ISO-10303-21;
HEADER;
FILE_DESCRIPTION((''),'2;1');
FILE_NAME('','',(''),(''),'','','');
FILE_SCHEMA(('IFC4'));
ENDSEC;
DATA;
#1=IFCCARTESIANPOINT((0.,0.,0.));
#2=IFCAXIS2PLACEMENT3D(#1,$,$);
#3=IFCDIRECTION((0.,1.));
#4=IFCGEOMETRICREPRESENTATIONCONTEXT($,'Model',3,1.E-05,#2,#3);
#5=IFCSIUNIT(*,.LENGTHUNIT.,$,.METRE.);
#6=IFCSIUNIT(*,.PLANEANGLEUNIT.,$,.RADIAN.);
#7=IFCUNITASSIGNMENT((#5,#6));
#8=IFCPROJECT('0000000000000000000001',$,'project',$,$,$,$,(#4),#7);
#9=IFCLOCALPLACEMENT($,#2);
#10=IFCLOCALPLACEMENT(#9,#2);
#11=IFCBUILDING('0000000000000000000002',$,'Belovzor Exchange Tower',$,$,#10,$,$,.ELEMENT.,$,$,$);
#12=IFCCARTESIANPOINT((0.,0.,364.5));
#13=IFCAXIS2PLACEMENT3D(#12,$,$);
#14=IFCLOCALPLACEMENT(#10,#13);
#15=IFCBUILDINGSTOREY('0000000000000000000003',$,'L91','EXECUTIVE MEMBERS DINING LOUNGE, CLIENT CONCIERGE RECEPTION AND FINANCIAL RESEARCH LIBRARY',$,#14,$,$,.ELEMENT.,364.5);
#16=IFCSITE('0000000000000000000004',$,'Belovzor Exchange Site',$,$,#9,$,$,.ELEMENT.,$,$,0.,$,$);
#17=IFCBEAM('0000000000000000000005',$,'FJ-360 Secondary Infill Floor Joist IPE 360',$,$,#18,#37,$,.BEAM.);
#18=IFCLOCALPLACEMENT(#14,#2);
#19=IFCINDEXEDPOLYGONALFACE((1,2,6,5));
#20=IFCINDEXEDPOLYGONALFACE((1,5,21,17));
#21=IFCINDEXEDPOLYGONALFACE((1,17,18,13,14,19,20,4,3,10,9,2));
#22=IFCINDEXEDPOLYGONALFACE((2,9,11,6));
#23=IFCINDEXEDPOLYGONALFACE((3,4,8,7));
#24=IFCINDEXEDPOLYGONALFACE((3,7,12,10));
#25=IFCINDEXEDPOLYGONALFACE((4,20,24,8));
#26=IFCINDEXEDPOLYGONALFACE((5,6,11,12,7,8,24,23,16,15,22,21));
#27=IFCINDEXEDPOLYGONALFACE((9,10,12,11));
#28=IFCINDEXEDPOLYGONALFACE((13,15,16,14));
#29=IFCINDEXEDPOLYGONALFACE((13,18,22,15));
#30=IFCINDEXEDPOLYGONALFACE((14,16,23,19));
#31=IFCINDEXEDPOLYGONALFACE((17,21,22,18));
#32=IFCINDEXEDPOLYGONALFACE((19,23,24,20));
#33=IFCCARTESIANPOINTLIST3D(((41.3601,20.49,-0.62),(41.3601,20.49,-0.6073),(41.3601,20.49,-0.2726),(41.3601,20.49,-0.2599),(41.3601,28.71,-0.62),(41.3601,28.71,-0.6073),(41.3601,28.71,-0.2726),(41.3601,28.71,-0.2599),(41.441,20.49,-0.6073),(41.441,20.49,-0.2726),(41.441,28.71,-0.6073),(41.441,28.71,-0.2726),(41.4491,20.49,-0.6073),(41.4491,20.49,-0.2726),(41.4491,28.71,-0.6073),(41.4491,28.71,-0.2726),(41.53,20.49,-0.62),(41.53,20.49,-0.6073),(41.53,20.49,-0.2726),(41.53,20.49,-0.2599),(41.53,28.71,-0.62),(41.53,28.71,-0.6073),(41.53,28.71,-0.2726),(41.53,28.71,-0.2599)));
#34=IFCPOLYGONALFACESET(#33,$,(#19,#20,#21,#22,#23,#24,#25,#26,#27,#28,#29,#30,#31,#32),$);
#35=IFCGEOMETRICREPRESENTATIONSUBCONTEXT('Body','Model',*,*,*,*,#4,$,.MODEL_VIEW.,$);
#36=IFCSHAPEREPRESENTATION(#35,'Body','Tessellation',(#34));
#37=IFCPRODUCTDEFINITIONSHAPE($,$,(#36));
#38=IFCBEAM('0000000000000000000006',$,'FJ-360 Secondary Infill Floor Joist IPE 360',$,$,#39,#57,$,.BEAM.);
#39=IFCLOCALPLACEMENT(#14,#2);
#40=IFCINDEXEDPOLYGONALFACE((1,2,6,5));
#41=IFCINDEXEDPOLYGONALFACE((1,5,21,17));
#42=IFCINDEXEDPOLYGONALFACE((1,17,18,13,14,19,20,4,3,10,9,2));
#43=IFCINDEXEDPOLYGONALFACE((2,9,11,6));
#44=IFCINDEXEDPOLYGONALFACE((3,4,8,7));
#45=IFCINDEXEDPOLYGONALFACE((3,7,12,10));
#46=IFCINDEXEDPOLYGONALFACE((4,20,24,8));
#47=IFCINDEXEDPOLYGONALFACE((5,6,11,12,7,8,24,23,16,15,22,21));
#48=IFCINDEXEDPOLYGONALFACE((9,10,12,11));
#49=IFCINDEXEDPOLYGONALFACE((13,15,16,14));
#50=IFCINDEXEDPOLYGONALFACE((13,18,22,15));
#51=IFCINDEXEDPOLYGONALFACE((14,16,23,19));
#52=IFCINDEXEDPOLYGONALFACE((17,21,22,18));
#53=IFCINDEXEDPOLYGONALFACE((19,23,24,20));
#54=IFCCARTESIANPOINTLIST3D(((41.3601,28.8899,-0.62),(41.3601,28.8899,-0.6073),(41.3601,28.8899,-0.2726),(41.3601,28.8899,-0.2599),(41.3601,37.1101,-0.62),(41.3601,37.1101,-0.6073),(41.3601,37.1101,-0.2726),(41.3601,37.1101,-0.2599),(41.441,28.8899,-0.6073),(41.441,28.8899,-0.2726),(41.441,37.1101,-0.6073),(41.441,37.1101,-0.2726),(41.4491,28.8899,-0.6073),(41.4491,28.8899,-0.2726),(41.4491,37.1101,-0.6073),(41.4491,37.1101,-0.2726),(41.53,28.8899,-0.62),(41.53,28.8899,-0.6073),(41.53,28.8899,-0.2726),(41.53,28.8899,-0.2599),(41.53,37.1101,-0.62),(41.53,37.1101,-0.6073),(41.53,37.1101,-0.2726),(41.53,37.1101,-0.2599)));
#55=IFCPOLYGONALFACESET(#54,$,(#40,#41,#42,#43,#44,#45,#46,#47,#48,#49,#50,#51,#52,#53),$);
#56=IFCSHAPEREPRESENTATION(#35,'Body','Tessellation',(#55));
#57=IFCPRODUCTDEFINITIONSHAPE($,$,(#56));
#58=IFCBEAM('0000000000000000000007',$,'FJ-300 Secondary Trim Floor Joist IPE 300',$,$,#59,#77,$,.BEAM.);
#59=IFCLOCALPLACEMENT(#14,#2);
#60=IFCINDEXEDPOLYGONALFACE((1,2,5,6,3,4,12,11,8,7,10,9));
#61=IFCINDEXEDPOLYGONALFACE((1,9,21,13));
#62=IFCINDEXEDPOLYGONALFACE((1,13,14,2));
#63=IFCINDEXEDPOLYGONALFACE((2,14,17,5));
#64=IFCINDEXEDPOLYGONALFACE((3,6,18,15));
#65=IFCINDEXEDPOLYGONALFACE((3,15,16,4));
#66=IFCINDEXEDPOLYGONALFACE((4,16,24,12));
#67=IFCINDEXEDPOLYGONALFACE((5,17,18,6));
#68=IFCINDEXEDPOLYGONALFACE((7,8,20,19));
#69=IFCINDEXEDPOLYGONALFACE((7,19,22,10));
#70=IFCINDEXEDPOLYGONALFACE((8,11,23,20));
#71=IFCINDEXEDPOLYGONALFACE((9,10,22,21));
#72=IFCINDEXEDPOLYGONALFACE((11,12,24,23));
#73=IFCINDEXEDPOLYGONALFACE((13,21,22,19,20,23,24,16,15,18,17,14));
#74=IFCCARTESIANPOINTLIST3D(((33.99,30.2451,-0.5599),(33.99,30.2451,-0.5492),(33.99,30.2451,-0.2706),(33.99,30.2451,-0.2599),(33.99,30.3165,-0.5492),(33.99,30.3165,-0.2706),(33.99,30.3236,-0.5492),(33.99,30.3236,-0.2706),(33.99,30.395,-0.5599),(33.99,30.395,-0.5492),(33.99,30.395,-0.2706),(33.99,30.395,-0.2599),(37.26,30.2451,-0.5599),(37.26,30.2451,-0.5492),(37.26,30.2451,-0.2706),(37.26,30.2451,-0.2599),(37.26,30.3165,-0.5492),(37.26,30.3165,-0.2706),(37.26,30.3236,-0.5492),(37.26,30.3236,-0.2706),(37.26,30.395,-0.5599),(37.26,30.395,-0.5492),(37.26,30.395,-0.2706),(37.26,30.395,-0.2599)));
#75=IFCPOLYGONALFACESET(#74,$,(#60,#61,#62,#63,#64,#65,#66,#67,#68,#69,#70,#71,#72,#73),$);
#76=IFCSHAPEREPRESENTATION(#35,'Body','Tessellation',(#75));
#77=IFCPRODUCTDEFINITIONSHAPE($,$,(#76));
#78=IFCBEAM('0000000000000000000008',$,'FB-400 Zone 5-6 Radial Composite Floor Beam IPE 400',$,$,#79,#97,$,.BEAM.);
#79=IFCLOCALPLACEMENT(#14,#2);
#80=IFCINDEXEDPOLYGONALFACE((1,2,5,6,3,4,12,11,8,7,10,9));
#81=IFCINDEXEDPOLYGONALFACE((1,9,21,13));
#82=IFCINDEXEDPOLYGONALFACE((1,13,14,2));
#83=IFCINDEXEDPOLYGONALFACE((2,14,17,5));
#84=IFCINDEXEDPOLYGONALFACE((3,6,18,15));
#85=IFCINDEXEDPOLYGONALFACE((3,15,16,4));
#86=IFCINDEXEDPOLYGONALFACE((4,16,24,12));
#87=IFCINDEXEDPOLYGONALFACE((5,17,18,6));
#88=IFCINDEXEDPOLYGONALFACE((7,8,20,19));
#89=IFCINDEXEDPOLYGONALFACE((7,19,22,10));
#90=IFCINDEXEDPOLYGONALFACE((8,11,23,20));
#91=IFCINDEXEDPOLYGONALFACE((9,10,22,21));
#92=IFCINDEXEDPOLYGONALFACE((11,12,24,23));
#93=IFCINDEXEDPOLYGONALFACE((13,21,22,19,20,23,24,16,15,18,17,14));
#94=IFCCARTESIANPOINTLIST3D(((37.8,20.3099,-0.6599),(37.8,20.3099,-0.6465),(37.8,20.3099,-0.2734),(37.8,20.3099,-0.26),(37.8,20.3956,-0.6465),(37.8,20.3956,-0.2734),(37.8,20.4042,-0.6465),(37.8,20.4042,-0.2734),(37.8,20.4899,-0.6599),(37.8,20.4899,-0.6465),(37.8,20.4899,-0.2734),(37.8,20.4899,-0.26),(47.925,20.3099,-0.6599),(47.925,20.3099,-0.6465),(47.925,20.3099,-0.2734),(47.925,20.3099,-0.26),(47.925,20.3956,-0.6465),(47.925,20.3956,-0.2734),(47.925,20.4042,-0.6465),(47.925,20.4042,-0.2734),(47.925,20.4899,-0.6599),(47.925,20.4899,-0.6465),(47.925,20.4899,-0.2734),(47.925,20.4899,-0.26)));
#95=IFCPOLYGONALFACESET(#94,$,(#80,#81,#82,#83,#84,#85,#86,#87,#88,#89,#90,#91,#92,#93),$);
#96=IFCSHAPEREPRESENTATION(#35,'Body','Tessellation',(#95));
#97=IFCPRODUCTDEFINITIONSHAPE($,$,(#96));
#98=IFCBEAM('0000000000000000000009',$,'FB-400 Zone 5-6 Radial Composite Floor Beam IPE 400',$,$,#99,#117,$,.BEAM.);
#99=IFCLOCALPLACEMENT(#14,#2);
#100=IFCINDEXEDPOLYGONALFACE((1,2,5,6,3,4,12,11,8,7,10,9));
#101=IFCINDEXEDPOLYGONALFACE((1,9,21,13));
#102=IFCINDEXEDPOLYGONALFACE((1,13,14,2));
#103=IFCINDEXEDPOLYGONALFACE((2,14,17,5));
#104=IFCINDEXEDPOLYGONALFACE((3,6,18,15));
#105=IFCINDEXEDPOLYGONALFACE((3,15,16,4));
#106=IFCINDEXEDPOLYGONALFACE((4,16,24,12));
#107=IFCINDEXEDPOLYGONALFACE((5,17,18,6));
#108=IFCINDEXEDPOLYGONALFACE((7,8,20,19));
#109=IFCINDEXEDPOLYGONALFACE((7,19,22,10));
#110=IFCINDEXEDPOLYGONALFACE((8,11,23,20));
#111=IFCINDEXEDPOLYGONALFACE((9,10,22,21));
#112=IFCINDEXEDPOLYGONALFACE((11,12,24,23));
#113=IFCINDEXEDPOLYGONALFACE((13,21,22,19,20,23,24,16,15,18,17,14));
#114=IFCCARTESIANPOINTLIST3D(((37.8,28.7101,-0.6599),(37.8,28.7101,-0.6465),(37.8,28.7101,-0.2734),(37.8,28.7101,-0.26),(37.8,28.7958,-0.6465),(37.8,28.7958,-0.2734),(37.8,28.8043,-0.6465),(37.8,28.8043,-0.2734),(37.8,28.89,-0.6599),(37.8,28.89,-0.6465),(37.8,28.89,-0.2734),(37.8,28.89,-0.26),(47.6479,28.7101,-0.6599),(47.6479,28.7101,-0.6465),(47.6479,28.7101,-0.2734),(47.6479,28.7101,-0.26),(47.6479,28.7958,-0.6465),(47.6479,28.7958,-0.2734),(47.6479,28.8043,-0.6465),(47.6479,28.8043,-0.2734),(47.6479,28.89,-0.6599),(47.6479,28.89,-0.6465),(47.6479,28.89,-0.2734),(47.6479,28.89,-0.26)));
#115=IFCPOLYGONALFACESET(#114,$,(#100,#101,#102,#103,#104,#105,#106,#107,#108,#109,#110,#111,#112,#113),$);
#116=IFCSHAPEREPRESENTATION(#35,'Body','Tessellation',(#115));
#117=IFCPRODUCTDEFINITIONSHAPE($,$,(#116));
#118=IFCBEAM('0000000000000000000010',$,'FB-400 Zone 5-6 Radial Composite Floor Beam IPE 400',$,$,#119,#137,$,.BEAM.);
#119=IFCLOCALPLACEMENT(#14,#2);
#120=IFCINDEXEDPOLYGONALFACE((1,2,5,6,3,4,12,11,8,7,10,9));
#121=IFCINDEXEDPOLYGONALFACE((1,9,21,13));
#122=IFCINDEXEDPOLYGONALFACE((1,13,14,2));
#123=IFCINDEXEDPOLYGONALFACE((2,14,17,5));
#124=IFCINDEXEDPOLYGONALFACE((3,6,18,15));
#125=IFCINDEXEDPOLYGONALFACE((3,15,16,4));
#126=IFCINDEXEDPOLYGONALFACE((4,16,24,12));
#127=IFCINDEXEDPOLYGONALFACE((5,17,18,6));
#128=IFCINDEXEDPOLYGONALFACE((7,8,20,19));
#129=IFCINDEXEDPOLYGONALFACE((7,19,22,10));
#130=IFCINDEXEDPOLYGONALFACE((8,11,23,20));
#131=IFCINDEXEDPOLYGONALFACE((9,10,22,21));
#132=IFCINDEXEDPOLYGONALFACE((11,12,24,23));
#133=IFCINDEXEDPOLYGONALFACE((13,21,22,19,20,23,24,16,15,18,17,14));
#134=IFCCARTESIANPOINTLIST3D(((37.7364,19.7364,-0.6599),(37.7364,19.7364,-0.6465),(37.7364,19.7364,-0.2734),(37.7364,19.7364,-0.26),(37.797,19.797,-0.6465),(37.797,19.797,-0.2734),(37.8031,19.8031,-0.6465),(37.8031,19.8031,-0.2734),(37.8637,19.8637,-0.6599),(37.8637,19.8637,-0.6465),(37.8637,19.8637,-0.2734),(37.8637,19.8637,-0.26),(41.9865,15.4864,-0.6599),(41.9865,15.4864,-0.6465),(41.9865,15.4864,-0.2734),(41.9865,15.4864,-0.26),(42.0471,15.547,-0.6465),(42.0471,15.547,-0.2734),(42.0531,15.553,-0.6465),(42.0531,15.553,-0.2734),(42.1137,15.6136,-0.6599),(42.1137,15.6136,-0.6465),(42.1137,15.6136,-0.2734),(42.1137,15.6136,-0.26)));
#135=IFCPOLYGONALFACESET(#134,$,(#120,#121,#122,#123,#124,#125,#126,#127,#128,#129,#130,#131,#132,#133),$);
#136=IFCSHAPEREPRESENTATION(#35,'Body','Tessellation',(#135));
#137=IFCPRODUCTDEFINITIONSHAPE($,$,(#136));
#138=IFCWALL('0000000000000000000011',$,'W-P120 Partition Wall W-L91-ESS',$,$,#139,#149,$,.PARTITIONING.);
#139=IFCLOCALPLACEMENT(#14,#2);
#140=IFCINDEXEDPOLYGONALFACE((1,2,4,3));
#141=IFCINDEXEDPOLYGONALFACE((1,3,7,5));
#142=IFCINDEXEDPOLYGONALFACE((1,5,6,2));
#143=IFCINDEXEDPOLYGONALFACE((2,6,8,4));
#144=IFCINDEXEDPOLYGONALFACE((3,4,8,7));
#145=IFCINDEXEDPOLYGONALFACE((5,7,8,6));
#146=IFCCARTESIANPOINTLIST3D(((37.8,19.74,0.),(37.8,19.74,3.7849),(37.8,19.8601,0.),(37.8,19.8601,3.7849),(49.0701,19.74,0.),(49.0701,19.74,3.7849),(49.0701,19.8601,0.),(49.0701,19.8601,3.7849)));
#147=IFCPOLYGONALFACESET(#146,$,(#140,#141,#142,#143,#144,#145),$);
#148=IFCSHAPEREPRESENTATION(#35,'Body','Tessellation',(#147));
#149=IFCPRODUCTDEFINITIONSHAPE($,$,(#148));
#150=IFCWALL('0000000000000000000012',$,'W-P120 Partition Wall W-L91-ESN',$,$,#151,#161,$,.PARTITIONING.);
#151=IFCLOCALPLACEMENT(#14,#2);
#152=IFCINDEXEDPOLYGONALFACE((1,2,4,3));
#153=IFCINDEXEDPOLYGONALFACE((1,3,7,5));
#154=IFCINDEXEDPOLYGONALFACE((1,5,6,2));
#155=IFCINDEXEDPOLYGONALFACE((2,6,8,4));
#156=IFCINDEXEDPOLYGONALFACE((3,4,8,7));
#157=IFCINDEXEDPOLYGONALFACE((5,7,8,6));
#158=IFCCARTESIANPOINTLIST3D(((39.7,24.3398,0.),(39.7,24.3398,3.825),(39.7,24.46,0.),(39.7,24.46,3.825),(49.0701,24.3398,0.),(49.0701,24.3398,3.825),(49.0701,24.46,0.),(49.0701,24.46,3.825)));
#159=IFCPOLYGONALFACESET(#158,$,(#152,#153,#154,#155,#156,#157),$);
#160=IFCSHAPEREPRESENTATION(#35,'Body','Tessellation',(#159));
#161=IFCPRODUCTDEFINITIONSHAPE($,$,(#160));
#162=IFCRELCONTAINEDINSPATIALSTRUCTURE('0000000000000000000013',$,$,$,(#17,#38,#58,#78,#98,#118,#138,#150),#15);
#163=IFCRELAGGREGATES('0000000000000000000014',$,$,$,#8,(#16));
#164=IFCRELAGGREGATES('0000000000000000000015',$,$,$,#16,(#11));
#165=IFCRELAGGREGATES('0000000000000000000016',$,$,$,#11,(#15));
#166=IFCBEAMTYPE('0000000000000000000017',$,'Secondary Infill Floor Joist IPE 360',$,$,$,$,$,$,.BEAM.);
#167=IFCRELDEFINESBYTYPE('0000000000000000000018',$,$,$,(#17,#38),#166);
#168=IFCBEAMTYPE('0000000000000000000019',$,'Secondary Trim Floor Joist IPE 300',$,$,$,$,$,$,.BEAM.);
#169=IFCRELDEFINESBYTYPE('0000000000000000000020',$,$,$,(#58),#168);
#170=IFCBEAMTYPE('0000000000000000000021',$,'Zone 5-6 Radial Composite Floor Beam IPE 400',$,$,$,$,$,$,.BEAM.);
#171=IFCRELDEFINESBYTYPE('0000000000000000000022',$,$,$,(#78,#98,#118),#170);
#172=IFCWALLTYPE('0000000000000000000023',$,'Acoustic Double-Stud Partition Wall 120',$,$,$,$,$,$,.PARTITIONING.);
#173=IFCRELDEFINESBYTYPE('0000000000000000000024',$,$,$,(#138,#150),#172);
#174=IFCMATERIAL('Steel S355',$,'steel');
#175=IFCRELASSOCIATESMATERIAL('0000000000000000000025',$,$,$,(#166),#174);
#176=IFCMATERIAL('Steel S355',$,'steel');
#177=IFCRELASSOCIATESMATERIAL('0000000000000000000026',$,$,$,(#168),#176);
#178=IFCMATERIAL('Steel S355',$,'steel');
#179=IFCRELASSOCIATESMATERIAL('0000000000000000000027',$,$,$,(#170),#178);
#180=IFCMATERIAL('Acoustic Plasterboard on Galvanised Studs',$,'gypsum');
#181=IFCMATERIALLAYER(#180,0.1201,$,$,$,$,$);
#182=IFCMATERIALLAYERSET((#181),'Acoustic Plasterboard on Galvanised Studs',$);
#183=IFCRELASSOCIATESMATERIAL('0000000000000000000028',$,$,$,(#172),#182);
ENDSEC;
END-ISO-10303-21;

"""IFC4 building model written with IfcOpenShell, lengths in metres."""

from ifc_helpers import new_model, si_unit, direction, frame, frame_2d, origin, origin_2d, place, context, subcontext, project, spatial, rectangle, i_section, extrude, material, layer, layer_set, material_profile, profile_set, type_object, element, save


model = new_model("IFC4")

# Units and contexts
model_context = context("Model", 3, precision=1e-05, world=origin(), true_north=direction((0.0, 1.0)))
body_context = subcontext(model_context, "Body", "Model", "MODEL_VIEW")
ifc_project = project(units=[si_unit("LENGTHUNIT", "METRE"), si_unit("PLANEANGLEUNIT", "RADIAN")], contexts=[model_context])

# Site, building, storey
site_placement = place(None, origin())
site = spatial("IfcSite", under=ifc_project, at=site_placement, Name="Belovzor Exchange Site", CompositionType="ELEMENT", RefElevation=0.0)
building_placement = place(site_placement, origin())
building = spatial("IfcBuilding", under=site, at=building_placement, Name="Belovzor Exchange Tower", CompositionType="ELEMENT")
storey_placement = place(building_placement, frame((0.0, 0.0, 364.5)))
storey = spatial("IfcBuildingStorey", under=building, at=storey_placement, Name="L91", Description="EXECUTIVE MEMBERS DINING LOUNGE, CLIENT CONCIERGE RECEPTION AND FINANCIAL RESEARCH LIBRARY", CompositionType="ELEMENT", Elevation=364.5)

# Beams
ifc_material_1 = material(Name="Steel S355", Category="steel")
ifc_material_profile_1 = material_profile(ifc_material_1, i_section(OverallWidth=0.1699, OverallDepth=0.3601, WebThickness=0.0081, FlangeThickness=0.0127, at=origin_2d()))
ifc_profile_set_1 = profile_set([ifc_material_profile_1], Name="Steel S355")
beam_type_1 = type_object("IfcBeamType", Name="Secondary Infill Floor Joist IPE 360", PredefinedType="BEAM", material=ifc_profile_set_1)
beam_1_placement = place(storey_placement, frame((41.4451, 20.49, -0.4399), z_axis=(0.0, 1.0, 0.0), x_axis=(-1.0, 0.0, 0.0)))
element("IfcBeam", 1, at=beam_1_placement, inside=storey, type_object=beam_type_1, Name="FJ-360 Secondary Infill Floor Joist IPE 360", PredefinedType="BEAM", context=body_context, shape_type="SweptSolid", body=[
    extrude(i_section(OverallWidth=0.1699, OverallDepth=0.3601, WebThickness=0.0081, FlangeThickness=0.0127, at=origin_2d()), origin(), (0.0, 0.0, 1.0), 8.22),
])
beam_2_placement = place(storey_placement, frame((41.4451, 28.8899, -0.4399), z_axis=(0.0, 1.0, 0.0), x_axis=(-1.0, 0.0, 0.0)))
element("IfcBeam", 2, at=beam_2_placement, inside=storey, type_object=beam_type_1, Name="FJ-360 Secondary Infill Floor Joist IPE 360", PredefinedType="BEAM", context=body_context, shape_type="SweptSolid", body=[
    extrude(i_section(OverallWidth=0.1699, OverallDepth=0.3601, WebThickness=0.0081, FlangeThickness=0.0127, at=origin_2d()), origin(), (0.0, 0.0, 1.0), 8.2202),
])
ifc_material_2 = material(Name="Steel S355", Category="steel")
ifc_material_profile_2 = material_profile(ifc_material_2, i_section(OverallWidth=0.1499, OverallDepth=0.3, WebThickness=0.0071, FlangeThickness=0.0107, at=origin_2d()))
ifc_profile_set_2 = profile_set([ifc_material_profile_2], Name="Steel S355")
beam_type_2 = type_object("IfcBeamType", Name="Secondary Trim Floor Joist IPE 300", PredefinedType="BEAM", material=ifc_profile_set_2)
beam_3_placement = place(storey_placement, frame((37.26, 30.3201, -0.4099), z_axis=(-1.0, 0.0, 0.0), x_axis=(0.0, -1.0, 0.0)))
element("IfcBeam", 3, at=beam_3_placement, inside=storey, type_object=beam_type_2, Name="FJ-300 Secondary Trim Floor Joist IPE 300", PredefinedType="BEAM", context=body_context, shape_type="SweptSolid", body=[
    extrude(i_section(OverallWidth=0.1499, OverallDepth=0.3, WebThickness=0.0071, FlangeThickness=0.0107, at=origin_2d()), origin(), (0.0, 0.0, 1.0), 3.27),
])
ifc_material_3 = material(Name="Steel S355", Category="steel")
ifc_material_profile_3 = material_profile(ifc_material_3, i_section(OverallWidth=0.1799, OverallDepth=0.3999, WebThickness=0.0085, FlangeThickness=0.0134, at=origin_2d()))
ifc_profile_set_3 = profile_set([ifc_material_profile_3], Name="Steel S355")
beam_type_3 = type_object("IfcBeamType", Name="Zone 5-6 Radial Composite Floor Beam IPE 400", PredefinedType="BEAM", material=ifc_profile_set_3)
beam_4_placement = place(storey_placement, frame((37.8, 20.3999, -0.46), z_axis=(1.0, 0.0, 0.0), x_axis=(0.0, 1.0, 0.0)))
element("IfcBeam", 4, at=beam_4_placement, inside=storey, type_object=beam_type_3, Name="FB-400 Zone 5-6 Radial Composite Floor Beam IPE 400", PredefinedType="BEAM", context=body_context, shape_type="SweptSolid", body=[
    extrude(i_section(OverallWidth=0.1799, OverallDepth=0.3999, WebThickness=0.0085, FlangeThickness=0.0134, at=origin_2d()), origin(), (0.0, 0.0, 1.0), 10.125),
])
beam_5_placement = place(storey_placement, frame((37.8, 28.8, -0.46), z_axis=(1.0, 0.0, 0.0), x_axis=(0.0, 1.0, 0.0)))
element("IfcBeam", 5, at=beam_5_placement, inside=storey, type_object=beam_type_3, Name="FB-400 Zone 5-6 Radial Composite Floor Beam IPE 400", PredefinedType="BEAM", context=body_context, shape_type="SweptSolid", body=[
    extrude(i_section(OverallWidth=0.1799, OverallDepth=0.3999, WebThickness=0.0085, FlangeThickness=0.0134, at=origin_2d()), origin(), (0.0, 0.0, 1.0), 9.8479),
])
beam_6_placement = place(storey_placement, frame((37.8, 19.8, -0.46), z_axis=(0.707107, -0.707107, 0.0), x_axis=(0.707107, 0.707107, 0.0)))
element("IfcBeam", 6, at=beam_6_placement, inside=storey, type_object=beam_type_3, Name="FB-400 Zone 5-6 Radial Composite Floor Beam IPE 400", PredefinedType="BEAM", context=body_context, shape_type="SweptSolid", body=[
    extrude(i_section(OverallWidth=0.1799, OverallDepth=0.3999, WebThickness=0.0085, FlangeThickness=0.0134, at=origin_2d()), origin(), (0.0, 0.0, 1.0), 6.0105),
])

# Walls
ifc_material_4 = material(Name="Acoustic Plasterboard on Galvanised Studs", Category="gypsum")
ifc_layer_1 = layer(ifc_material_4, 0.1201)
ifc_layer_set_1 = layer_set([ifc_layer_1], Name="Acoustic Plasterboard on Galvanised Studs")
wall_type_1 = type_object("IfcWallType", Name="Acoustic Double-Stud Partition Wall 120", PredefinedType="PARTITIONING", material=ifc_layer_set_1)
wall_1_placement = place(storey_placement, frame((37.8, 19.8, 0.0), z_axis=(0.0, 0.0, 1.0), x_axis=(1.0, 0.0, 0.0)))
element("IfcWall", 7, at=wall_1_placement, inside=storey, type_object=wall_type_1, Name="W-P120 Partition Wall W-L91-ESS", PredefinedType="PARTITIONING", context=body_context, shape_type="SweptSolid", body=[
    extrude(rectangle(XDim=11.27, YDim=0.1201, at=frame_2d((5.635, 0.0))), origin(), (0.0, 0.0, 1.0), 3.7849),
])
wall_2_placement = place(storey_placement, frame((39.7, 24.3999, 0.0), z_axis=(0.0, 0.0, 1.0), x_axis=(1.0, 0.0, 0.0)))
element("IfcWall", 8, at=wall_2_placement, inside=storey, type_object=wall_type_1, Name="W-P120 Partition Wall W-L91-ESN", PredefinedType="PARTITIONING", context=body_context, shape_type="SweptSolid", body=[
    extrude(rectangle(XDim=9.3701, YDim=0.1201, at=frame_2d((4.6851, 0.0))), origin(), (0.0, 0.0, 1.0), 3.825),
])

save(model, "model.ifc")
